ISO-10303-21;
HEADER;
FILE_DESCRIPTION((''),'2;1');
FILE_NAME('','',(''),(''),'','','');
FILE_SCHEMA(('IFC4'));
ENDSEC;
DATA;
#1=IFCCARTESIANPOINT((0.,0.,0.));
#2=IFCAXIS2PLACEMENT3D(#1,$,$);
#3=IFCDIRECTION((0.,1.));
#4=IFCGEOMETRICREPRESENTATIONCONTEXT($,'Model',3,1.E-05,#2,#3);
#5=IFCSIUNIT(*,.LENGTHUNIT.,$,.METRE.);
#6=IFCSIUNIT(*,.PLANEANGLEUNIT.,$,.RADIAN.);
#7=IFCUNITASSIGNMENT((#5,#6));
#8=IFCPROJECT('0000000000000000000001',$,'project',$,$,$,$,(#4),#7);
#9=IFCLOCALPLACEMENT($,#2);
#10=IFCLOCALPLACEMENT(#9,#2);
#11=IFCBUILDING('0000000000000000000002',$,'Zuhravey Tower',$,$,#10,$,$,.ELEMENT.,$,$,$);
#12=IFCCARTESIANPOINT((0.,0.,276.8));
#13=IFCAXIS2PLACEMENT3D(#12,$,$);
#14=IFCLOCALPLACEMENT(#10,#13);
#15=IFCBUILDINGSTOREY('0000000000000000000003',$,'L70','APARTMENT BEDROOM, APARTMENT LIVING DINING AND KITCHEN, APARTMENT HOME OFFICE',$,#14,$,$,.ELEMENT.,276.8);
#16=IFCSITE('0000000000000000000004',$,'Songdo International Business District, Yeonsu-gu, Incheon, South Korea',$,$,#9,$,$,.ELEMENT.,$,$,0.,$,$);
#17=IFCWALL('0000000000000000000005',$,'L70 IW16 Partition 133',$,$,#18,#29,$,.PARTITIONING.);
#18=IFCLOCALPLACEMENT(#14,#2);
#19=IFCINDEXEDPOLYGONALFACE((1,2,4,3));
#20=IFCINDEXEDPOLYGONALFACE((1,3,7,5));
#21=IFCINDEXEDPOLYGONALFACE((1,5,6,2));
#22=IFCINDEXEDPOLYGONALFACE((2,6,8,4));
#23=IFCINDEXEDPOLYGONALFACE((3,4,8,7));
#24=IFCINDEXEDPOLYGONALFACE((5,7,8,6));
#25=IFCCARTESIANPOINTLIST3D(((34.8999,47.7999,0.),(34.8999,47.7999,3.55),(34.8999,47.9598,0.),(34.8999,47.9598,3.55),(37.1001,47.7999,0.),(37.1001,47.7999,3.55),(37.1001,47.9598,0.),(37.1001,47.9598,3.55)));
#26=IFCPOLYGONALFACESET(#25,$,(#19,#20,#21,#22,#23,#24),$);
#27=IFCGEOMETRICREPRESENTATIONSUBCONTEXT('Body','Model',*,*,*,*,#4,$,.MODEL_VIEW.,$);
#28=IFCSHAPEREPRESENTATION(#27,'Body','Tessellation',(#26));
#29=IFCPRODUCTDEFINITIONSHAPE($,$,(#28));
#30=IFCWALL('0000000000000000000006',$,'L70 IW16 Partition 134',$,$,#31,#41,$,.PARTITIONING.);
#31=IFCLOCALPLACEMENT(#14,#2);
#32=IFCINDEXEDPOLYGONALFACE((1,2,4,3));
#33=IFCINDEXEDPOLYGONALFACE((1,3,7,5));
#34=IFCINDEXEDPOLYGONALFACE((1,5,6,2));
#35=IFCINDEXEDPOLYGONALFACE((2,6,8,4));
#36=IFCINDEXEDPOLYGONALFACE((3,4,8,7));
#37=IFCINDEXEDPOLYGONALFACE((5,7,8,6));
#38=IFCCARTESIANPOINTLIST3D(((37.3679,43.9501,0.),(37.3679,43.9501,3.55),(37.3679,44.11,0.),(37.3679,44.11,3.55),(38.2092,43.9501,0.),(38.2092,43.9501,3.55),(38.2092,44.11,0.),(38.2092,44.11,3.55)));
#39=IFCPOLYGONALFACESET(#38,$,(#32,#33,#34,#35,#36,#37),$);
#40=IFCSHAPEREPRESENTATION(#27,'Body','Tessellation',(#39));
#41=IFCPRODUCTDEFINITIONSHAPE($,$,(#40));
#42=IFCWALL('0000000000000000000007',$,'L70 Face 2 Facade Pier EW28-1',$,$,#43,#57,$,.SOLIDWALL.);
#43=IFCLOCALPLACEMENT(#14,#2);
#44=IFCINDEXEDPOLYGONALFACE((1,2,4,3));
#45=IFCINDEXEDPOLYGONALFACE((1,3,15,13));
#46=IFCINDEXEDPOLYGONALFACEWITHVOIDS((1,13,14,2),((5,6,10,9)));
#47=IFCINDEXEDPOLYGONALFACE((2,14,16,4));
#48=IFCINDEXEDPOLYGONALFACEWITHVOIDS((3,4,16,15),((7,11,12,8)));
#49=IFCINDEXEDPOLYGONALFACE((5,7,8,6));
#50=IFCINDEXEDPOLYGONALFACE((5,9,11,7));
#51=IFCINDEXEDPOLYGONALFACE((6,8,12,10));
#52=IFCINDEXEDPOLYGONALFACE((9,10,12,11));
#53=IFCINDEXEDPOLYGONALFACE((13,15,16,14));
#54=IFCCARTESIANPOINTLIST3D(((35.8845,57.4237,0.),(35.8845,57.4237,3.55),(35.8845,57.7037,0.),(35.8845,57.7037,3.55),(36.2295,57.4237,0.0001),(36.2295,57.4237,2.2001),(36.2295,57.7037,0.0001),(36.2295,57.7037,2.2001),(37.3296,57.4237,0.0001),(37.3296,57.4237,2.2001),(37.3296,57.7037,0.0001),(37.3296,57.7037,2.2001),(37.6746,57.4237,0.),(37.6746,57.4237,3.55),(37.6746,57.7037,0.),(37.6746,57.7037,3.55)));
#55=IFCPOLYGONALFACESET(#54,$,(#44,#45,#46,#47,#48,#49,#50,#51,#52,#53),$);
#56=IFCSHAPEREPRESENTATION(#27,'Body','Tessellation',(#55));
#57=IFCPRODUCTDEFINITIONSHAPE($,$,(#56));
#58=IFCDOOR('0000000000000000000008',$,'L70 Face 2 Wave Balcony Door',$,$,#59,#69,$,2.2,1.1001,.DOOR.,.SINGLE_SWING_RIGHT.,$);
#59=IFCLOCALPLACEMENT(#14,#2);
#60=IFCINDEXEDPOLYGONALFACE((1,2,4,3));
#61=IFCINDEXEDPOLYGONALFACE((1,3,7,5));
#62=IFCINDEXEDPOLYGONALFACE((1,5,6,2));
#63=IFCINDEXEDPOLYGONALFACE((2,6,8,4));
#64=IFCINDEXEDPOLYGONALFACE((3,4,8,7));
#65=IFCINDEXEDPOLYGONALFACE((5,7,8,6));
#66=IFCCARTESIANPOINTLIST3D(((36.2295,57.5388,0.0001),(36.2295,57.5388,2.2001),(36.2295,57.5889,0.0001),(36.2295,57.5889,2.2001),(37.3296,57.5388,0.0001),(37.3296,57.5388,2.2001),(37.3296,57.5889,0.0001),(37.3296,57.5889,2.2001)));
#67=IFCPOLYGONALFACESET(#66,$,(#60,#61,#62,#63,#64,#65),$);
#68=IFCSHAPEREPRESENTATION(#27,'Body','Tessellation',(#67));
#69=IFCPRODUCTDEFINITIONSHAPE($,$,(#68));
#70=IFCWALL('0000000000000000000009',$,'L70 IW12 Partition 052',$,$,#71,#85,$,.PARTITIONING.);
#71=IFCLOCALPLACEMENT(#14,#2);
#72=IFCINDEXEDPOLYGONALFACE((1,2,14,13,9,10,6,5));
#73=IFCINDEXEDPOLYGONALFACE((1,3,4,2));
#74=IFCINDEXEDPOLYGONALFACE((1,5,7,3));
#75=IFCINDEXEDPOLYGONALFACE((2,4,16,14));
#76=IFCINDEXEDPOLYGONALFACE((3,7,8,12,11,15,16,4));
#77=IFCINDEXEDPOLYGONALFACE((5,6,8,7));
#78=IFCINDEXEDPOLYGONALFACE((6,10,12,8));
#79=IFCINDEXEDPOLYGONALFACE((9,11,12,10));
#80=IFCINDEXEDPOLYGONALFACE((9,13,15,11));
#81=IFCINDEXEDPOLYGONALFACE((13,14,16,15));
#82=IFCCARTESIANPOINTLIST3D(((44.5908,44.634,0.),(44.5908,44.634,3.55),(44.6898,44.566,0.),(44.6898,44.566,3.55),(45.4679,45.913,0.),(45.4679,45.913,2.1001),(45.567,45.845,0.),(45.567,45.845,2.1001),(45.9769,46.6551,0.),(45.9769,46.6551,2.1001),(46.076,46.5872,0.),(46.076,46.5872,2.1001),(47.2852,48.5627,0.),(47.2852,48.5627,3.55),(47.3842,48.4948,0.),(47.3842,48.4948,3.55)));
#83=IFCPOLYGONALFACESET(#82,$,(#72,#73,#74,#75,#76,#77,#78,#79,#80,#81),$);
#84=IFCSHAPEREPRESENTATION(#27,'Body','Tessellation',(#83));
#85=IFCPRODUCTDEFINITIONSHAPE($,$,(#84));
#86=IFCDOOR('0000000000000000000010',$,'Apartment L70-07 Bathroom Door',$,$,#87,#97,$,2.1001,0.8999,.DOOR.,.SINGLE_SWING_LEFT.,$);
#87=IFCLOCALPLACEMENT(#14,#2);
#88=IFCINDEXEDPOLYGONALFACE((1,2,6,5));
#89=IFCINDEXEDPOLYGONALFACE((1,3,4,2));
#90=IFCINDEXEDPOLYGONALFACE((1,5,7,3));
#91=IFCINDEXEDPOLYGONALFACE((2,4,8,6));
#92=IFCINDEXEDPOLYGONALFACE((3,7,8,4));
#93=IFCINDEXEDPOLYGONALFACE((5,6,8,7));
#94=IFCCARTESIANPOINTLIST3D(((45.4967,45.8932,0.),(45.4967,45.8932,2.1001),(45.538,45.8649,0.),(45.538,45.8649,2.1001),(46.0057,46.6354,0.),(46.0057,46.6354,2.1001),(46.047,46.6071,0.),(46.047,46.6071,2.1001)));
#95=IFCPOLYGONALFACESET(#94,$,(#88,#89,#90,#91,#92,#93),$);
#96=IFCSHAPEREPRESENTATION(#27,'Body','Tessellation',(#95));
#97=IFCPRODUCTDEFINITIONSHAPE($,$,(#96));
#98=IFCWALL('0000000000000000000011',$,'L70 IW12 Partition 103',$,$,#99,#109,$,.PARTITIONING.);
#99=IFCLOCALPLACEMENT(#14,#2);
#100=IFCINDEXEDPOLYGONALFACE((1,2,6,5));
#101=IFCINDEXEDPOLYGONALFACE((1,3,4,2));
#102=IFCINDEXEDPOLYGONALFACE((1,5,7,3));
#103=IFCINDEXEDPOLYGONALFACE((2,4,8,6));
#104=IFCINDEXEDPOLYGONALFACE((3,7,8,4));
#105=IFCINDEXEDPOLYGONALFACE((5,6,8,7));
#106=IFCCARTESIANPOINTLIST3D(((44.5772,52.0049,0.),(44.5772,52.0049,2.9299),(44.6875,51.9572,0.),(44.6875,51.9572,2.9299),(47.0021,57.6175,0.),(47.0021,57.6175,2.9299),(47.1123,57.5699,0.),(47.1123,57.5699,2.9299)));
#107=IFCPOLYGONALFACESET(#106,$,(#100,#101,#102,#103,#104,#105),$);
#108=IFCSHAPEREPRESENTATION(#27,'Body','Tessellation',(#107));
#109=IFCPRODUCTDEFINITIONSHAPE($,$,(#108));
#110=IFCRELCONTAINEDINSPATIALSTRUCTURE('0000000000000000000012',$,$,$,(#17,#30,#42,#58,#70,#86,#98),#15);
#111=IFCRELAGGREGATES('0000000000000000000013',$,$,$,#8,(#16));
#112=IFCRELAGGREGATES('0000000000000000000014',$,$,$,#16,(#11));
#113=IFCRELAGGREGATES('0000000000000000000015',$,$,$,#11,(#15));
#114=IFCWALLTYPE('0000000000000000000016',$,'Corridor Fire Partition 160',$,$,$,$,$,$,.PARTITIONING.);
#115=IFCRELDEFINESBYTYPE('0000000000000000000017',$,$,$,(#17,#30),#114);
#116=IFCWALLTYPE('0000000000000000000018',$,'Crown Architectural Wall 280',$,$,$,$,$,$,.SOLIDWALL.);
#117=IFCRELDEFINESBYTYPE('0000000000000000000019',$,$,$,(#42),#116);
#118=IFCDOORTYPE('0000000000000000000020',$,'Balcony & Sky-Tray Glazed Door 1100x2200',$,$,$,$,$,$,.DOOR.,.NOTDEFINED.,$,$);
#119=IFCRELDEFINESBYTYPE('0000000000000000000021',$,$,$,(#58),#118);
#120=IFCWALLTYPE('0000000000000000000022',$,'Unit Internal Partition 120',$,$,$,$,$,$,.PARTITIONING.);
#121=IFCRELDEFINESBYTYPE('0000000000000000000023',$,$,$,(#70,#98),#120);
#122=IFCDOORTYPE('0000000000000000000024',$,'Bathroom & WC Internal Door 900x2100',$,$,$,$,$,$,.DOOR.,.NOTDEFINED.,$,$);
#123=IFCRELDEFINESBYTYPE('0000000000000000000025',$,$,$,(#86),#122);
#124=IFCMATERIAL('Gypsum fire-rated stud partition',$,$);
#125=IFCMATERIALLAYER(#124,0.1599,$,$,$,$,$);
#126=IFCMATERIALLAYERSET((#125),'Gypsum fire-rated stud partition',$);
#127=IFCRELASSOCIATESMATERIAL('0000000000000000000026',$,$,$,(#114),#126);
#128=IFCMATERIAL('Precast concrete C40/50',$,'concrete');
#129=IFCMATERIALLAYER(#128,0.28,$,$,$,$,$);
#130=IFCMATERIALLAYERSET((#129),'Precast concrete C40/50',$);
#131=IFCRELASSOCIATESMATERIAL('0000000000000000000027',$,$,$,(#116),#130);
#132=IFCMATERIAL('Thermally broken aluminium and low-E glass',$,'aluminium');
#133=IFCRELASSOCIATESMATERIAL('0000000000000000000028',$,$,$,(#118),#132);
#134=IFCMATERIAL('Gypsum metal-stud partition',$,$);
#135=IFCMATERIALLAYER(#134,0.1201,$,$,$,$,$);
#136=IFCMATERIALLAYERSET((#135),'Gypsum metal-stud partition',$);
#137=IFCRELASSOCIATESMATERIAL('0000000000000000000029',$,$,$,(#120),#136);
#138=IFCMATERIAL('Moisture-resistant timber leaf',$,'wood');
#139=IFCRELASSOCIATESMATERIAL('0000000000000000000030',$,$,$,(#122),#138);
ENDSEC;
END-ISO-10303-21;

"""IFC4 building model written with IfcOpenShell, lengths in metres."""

from ifc_helpers import new_model, si_unit, direction, frame, frame_2d, origin, place, context, subcontext, project, spatial, rectangle, extrude, material, layer, layer_set, type_object, element, fill, save


model = new_model("IFC4")

# Units and contexts
model_context = context("Model", 3, precision=1e-05, world=origin(), true_north=direction((0.0, 1.0)))
body_context = subcontext(model_context, "Body", "Model", "MODEL_VIEW")
ifc_project = project(units=[si_unit("LENGTHUNIT", "METRE"), si_unit("PLANEANGLEUNIT", "RADIAN")], contexts=[model_context])

# Site, building, storey
site_placement = place(None, origin())
site = spatial("IfcSite", under=ifc_project, at=site_placement, Name="Songdo International Business District, Yeonsu-gu, Incheon, South Korea", CompositionType="ELEMENT", RefElevation=0.0)
building_placement = place(site_placement, origin())
building = spatial("IfcBuilding", under=site, at=building_placement, Name="Zuhravey Tower", CompositionType="ELEMENT")
storey_placement = place(building_placement, frame((0.0, 0.0, 276.8)))
storey = spatial("IfcBuildingStorey", under=building, at=storey_placement, Name="L70", Description="APARTMENT BEDROOM, APARTMENT LIVING DINING AND KITCHEN, APARTMENT HOME OFFICE", CompositionType="ELEMENT", Elevation=276.8)

# Shared definitions
ifc_material_1 = material(Name="Gypsum fire-rated stud partition")
ifc_layer_1 = layer(ifc_material_1, 0.1599)
ifc_layer_set_1 = layer_set([ifc_layer_1], Name="Gypsum fire-rated stud partition")
wall_type_1 = type_object("IfcWallType", Name="Corridor Fire Partition 160", PredefinedType="PARTITIONING", material=ifc_layer_set_1)

# Walls
wall_1_placement = place(storey_placement, frame((37.1001, 47.8799, 0.0), z_axis=(0.0, 0.0, 1.0), x_axis=(-1.0, 0.0, 0.0)))
element("IfcWall", 1, at=wall_1_placement, inside=storey, type_object=wall_type_1, Name="L70 IW16 Partition 133", PredefinedType="PARTITIONING", context=body_context, shape_type="SweptSolid", body=[
    extrude(rectangle(XDim=2.2002, YDim=0.1599, at=frame_2d((1.1001, 0.0))), origin(), (0.0, 0.0, 1.0), 3.55),
])
wall_2_placement = place(storey_placement, frame((38.2092, 44.03, 0.0), z_axis=(0.0, 0.0, 1.0), x_axis=(-1.0, 0.0, 0.0)))
element("IfcWall", 2, at=wall_2_placement, inside=storey, type_object=wall_type_1, Name="L70 IW16 Partition 134", PredefinedType="PARTITIONING", context=body_context, shape_type="SweptSolid", body=[
    extrude(rectangle(XDim=0.8413, YDim=0.1599, at=frame_2d((0.4207, 0.0))), origin(), (0.0, 0.0, 1.0), 3.55),
])

# Walls, openings, doors
ifc_material_2 = material(Name="Precast concrete C40/50", Category="concrete")
ifc_layer_2 = layer(ifc_material_2, 0.28)
ifc_layer_set_2 = layer_set([ifc_layer_2], Name="Precast concrete C40/50")
wall_type_2 = type_object("IfcWallType", Name="Crown Architectural Wall 280", PredefinedType="SOLIDWALL", material=ifc_layer_set_2)
wall_3_placement = place(storey_placement, frame((35.8845, 57.5637, 0.0), z_axis=(0.0, 0.0, 1.0), x_axis=(1.0, 0.0, 0.0)))
wall_3 = element("IfcWall", 3, at=wall_3_placement, inside=storey, type_object=wall_type_2, Name="L70 Face 2 Facade Pier EW28-1", PredefinedType="SOLIDWALL", context=body_context, shape_type="SweptSolid", body=[
    extrude(rectangle(XDim=1.79, YDim=0.28, at=frame_2d((0.895, 0.0))), origin(), (0.0, 0.0, 1.0), 3.55),
])
opening_1_placement = place(wall_3_placement, frame((0.345, 0.0, 0.0)))
opening_1 = element("IfcOpeningElement", 4, at=opening_1_placement, cuts=wall_3, PredefinedType="OPENING", context=body_context, shape_type="SweptSolid", body=[
    extrude(rectangle(XDim=1.1001, YDim=2.2, at=frame_2d((0.55, 1.1001))), frame((0.0, 0.1521, 0.0), z_axis=(0.0, -1.0, 0.0), x_axis=(1.0, 0.0, 0.0)), (0.0, 0.0, 1.0), 0.304),
])
ifc_material_3 = material(Name="Thermally broken aluminium and low-E glass", Category="aluminium")
door_type_1 = type_object("IfcDoorType", Name="Balcony & Sky-Tray Glazed Door 1100x2200", OperationType="NOTDEFINED", PredefinedType="DOOR", material=ifc_material_3)
door_1_placement = place(opening_1_placement, frame((1.1001, 0.0, 0.0), z_axis=(0.0, 0.0, 1.0), x_axis=(-1.0, 0.0, 0.0)))
door_1 = element("IfcDoor", 5, at=door_1_placement, inside=storey, type_object=door_type_1, Name="L70 Face 2 Wave Balcony Door", OperationType="SINGLE_SWING_RIGHT", OverallHeight=2.2, OverallWidth=1.1001, PredefinedType="DOOR", context=body_context, shape_type="SweptSolid", body=[
    extrude(rectangle(XDim=1.1001, YDim=2.2, at=frame_2d((0.55, 1.1001))), frame((0.0, 0.0249, 0.0), z_axis=(0.0, -1.0, 0.0), x_axis=(1.0, 0.0, 0.0)), (0.0, 0.0, 1.0), 0.05),
])
fill(opening_1, door_1)
ifc_material_4 = material(Name="Gypsum metal-stud partition")
ifc_layer_3 = layer(ifc_material_4, 0.1201)
ifc_layer_set_3 = layer_set([ifc_layer_3], Name="Gypsum metal-stud partition")
wall_type_3 = type_object("IfcWallType", Name="Unit Internal Partition 120", PredefinedType="PARTITIONING", material=ifc_layer_set_3)
wall_4_placement = place(storey_placement, frame((44.6404, 44.6001, 0.0), z_axis=(0.0, 0.0, 1.0), x_axis=(0.56558, 0.824693, 0.0)))
wall_4 = element("IfcWall", 6, at=wall_4_placement, inside=storey, type_object=wall_type_3, Name="L70 IW12 Partition 052", PredefinedType="PARTITIONING", context=body_context, shape_type="SweptSolid", body=[
    extrude(rectangle(XDim=4.7639, YDim=0.1201, at=frame_2d((2.3818, 0.0))), origin(), (0.0, 0.0, 1.0), 3.55),
])
opening_2_placement = place(wall_4_placement, frame((1.5508, 0.0, 0.0)))
opening_2 = element("IfcOpeningElement", 7, at=opening_2_placement, cuts=wall_4, PredefinedType="OPENING", context=body_context, shape_type="SweptSolid", body=[
    extrude(rectangle(XDim=0.8999, YDim=2.1001, at=frame_2d((0.45, 1.05))), frame((0.0, 0.072, 0.0), z_axis=(0.0, -1.0, 0.0), x_axis=(1.0, 0.0, 0.0)), (0.0, 0.0, 1.0), 0.144),
])
ifc_material_5 = material(Name="Moisture-resistant timber leaf", Category="wood")
door_type_2 = type_object("IfcDoorType", Name="Bathroom & WC Internal Door 900x2100", OperationType="NOTDEFINED", PredefinedType="DOOR", material=ifc_material_5)
door_2_placement = place(opening_2_placement, frame((0.8999, 0.0, 0.0), z_axis=(0.0, 0.0, 1.0), x_axis=(-1.0, 0.0, 0.0)))
door_2 = element("IfcDoor", 8, at=door_2_placement, inside=storey, type_object=door_type_2, Name="Apartment L70-07 Bathroom Door", OperationType="SINGLE_SWING_LEFT", OverallHeight=2.1001, OverallWidth=0.8999, PredefinedType="DOOR", context=body_context, shape_type="SweptSolid", body=[
    extrude(rectangle(XDim=0.8999, YDim=2.1001, at=frame_2d((0.45, 1.05))), frame((0.0, 0.0249, 0.0), z_axis=(0.0, -1.0, 0.0), x_axis=(1.0, 0.0, 0.0)), (0.0, 0.0, 1.0), 0.05),
])
fill(opening_2, door_2)

# Wall
wall_5_placement = place(storey_placement, frame((44.6323, 51.981, 0.0), z_axis=(0.0, 0.0, 1.0), x_axis=(0.396602, 0.917991, 0.0)))
element("IfcWall", 9, at=wall_5_placement, inside=storey, type_object=wall_type_3, Name="L70 IW12 Partition 103", PredefinedType="PARTITIONING", context=body_context, shape_type="SweptSolid", body=[
    extrude(rectangle(XDim=6.114, YDim=0.1201, at=frame_2d((3.0571, 0.0))), origin(), (0.0, 0.0, 1.0), 2.9299),
])

save(model, "model.ifc")
